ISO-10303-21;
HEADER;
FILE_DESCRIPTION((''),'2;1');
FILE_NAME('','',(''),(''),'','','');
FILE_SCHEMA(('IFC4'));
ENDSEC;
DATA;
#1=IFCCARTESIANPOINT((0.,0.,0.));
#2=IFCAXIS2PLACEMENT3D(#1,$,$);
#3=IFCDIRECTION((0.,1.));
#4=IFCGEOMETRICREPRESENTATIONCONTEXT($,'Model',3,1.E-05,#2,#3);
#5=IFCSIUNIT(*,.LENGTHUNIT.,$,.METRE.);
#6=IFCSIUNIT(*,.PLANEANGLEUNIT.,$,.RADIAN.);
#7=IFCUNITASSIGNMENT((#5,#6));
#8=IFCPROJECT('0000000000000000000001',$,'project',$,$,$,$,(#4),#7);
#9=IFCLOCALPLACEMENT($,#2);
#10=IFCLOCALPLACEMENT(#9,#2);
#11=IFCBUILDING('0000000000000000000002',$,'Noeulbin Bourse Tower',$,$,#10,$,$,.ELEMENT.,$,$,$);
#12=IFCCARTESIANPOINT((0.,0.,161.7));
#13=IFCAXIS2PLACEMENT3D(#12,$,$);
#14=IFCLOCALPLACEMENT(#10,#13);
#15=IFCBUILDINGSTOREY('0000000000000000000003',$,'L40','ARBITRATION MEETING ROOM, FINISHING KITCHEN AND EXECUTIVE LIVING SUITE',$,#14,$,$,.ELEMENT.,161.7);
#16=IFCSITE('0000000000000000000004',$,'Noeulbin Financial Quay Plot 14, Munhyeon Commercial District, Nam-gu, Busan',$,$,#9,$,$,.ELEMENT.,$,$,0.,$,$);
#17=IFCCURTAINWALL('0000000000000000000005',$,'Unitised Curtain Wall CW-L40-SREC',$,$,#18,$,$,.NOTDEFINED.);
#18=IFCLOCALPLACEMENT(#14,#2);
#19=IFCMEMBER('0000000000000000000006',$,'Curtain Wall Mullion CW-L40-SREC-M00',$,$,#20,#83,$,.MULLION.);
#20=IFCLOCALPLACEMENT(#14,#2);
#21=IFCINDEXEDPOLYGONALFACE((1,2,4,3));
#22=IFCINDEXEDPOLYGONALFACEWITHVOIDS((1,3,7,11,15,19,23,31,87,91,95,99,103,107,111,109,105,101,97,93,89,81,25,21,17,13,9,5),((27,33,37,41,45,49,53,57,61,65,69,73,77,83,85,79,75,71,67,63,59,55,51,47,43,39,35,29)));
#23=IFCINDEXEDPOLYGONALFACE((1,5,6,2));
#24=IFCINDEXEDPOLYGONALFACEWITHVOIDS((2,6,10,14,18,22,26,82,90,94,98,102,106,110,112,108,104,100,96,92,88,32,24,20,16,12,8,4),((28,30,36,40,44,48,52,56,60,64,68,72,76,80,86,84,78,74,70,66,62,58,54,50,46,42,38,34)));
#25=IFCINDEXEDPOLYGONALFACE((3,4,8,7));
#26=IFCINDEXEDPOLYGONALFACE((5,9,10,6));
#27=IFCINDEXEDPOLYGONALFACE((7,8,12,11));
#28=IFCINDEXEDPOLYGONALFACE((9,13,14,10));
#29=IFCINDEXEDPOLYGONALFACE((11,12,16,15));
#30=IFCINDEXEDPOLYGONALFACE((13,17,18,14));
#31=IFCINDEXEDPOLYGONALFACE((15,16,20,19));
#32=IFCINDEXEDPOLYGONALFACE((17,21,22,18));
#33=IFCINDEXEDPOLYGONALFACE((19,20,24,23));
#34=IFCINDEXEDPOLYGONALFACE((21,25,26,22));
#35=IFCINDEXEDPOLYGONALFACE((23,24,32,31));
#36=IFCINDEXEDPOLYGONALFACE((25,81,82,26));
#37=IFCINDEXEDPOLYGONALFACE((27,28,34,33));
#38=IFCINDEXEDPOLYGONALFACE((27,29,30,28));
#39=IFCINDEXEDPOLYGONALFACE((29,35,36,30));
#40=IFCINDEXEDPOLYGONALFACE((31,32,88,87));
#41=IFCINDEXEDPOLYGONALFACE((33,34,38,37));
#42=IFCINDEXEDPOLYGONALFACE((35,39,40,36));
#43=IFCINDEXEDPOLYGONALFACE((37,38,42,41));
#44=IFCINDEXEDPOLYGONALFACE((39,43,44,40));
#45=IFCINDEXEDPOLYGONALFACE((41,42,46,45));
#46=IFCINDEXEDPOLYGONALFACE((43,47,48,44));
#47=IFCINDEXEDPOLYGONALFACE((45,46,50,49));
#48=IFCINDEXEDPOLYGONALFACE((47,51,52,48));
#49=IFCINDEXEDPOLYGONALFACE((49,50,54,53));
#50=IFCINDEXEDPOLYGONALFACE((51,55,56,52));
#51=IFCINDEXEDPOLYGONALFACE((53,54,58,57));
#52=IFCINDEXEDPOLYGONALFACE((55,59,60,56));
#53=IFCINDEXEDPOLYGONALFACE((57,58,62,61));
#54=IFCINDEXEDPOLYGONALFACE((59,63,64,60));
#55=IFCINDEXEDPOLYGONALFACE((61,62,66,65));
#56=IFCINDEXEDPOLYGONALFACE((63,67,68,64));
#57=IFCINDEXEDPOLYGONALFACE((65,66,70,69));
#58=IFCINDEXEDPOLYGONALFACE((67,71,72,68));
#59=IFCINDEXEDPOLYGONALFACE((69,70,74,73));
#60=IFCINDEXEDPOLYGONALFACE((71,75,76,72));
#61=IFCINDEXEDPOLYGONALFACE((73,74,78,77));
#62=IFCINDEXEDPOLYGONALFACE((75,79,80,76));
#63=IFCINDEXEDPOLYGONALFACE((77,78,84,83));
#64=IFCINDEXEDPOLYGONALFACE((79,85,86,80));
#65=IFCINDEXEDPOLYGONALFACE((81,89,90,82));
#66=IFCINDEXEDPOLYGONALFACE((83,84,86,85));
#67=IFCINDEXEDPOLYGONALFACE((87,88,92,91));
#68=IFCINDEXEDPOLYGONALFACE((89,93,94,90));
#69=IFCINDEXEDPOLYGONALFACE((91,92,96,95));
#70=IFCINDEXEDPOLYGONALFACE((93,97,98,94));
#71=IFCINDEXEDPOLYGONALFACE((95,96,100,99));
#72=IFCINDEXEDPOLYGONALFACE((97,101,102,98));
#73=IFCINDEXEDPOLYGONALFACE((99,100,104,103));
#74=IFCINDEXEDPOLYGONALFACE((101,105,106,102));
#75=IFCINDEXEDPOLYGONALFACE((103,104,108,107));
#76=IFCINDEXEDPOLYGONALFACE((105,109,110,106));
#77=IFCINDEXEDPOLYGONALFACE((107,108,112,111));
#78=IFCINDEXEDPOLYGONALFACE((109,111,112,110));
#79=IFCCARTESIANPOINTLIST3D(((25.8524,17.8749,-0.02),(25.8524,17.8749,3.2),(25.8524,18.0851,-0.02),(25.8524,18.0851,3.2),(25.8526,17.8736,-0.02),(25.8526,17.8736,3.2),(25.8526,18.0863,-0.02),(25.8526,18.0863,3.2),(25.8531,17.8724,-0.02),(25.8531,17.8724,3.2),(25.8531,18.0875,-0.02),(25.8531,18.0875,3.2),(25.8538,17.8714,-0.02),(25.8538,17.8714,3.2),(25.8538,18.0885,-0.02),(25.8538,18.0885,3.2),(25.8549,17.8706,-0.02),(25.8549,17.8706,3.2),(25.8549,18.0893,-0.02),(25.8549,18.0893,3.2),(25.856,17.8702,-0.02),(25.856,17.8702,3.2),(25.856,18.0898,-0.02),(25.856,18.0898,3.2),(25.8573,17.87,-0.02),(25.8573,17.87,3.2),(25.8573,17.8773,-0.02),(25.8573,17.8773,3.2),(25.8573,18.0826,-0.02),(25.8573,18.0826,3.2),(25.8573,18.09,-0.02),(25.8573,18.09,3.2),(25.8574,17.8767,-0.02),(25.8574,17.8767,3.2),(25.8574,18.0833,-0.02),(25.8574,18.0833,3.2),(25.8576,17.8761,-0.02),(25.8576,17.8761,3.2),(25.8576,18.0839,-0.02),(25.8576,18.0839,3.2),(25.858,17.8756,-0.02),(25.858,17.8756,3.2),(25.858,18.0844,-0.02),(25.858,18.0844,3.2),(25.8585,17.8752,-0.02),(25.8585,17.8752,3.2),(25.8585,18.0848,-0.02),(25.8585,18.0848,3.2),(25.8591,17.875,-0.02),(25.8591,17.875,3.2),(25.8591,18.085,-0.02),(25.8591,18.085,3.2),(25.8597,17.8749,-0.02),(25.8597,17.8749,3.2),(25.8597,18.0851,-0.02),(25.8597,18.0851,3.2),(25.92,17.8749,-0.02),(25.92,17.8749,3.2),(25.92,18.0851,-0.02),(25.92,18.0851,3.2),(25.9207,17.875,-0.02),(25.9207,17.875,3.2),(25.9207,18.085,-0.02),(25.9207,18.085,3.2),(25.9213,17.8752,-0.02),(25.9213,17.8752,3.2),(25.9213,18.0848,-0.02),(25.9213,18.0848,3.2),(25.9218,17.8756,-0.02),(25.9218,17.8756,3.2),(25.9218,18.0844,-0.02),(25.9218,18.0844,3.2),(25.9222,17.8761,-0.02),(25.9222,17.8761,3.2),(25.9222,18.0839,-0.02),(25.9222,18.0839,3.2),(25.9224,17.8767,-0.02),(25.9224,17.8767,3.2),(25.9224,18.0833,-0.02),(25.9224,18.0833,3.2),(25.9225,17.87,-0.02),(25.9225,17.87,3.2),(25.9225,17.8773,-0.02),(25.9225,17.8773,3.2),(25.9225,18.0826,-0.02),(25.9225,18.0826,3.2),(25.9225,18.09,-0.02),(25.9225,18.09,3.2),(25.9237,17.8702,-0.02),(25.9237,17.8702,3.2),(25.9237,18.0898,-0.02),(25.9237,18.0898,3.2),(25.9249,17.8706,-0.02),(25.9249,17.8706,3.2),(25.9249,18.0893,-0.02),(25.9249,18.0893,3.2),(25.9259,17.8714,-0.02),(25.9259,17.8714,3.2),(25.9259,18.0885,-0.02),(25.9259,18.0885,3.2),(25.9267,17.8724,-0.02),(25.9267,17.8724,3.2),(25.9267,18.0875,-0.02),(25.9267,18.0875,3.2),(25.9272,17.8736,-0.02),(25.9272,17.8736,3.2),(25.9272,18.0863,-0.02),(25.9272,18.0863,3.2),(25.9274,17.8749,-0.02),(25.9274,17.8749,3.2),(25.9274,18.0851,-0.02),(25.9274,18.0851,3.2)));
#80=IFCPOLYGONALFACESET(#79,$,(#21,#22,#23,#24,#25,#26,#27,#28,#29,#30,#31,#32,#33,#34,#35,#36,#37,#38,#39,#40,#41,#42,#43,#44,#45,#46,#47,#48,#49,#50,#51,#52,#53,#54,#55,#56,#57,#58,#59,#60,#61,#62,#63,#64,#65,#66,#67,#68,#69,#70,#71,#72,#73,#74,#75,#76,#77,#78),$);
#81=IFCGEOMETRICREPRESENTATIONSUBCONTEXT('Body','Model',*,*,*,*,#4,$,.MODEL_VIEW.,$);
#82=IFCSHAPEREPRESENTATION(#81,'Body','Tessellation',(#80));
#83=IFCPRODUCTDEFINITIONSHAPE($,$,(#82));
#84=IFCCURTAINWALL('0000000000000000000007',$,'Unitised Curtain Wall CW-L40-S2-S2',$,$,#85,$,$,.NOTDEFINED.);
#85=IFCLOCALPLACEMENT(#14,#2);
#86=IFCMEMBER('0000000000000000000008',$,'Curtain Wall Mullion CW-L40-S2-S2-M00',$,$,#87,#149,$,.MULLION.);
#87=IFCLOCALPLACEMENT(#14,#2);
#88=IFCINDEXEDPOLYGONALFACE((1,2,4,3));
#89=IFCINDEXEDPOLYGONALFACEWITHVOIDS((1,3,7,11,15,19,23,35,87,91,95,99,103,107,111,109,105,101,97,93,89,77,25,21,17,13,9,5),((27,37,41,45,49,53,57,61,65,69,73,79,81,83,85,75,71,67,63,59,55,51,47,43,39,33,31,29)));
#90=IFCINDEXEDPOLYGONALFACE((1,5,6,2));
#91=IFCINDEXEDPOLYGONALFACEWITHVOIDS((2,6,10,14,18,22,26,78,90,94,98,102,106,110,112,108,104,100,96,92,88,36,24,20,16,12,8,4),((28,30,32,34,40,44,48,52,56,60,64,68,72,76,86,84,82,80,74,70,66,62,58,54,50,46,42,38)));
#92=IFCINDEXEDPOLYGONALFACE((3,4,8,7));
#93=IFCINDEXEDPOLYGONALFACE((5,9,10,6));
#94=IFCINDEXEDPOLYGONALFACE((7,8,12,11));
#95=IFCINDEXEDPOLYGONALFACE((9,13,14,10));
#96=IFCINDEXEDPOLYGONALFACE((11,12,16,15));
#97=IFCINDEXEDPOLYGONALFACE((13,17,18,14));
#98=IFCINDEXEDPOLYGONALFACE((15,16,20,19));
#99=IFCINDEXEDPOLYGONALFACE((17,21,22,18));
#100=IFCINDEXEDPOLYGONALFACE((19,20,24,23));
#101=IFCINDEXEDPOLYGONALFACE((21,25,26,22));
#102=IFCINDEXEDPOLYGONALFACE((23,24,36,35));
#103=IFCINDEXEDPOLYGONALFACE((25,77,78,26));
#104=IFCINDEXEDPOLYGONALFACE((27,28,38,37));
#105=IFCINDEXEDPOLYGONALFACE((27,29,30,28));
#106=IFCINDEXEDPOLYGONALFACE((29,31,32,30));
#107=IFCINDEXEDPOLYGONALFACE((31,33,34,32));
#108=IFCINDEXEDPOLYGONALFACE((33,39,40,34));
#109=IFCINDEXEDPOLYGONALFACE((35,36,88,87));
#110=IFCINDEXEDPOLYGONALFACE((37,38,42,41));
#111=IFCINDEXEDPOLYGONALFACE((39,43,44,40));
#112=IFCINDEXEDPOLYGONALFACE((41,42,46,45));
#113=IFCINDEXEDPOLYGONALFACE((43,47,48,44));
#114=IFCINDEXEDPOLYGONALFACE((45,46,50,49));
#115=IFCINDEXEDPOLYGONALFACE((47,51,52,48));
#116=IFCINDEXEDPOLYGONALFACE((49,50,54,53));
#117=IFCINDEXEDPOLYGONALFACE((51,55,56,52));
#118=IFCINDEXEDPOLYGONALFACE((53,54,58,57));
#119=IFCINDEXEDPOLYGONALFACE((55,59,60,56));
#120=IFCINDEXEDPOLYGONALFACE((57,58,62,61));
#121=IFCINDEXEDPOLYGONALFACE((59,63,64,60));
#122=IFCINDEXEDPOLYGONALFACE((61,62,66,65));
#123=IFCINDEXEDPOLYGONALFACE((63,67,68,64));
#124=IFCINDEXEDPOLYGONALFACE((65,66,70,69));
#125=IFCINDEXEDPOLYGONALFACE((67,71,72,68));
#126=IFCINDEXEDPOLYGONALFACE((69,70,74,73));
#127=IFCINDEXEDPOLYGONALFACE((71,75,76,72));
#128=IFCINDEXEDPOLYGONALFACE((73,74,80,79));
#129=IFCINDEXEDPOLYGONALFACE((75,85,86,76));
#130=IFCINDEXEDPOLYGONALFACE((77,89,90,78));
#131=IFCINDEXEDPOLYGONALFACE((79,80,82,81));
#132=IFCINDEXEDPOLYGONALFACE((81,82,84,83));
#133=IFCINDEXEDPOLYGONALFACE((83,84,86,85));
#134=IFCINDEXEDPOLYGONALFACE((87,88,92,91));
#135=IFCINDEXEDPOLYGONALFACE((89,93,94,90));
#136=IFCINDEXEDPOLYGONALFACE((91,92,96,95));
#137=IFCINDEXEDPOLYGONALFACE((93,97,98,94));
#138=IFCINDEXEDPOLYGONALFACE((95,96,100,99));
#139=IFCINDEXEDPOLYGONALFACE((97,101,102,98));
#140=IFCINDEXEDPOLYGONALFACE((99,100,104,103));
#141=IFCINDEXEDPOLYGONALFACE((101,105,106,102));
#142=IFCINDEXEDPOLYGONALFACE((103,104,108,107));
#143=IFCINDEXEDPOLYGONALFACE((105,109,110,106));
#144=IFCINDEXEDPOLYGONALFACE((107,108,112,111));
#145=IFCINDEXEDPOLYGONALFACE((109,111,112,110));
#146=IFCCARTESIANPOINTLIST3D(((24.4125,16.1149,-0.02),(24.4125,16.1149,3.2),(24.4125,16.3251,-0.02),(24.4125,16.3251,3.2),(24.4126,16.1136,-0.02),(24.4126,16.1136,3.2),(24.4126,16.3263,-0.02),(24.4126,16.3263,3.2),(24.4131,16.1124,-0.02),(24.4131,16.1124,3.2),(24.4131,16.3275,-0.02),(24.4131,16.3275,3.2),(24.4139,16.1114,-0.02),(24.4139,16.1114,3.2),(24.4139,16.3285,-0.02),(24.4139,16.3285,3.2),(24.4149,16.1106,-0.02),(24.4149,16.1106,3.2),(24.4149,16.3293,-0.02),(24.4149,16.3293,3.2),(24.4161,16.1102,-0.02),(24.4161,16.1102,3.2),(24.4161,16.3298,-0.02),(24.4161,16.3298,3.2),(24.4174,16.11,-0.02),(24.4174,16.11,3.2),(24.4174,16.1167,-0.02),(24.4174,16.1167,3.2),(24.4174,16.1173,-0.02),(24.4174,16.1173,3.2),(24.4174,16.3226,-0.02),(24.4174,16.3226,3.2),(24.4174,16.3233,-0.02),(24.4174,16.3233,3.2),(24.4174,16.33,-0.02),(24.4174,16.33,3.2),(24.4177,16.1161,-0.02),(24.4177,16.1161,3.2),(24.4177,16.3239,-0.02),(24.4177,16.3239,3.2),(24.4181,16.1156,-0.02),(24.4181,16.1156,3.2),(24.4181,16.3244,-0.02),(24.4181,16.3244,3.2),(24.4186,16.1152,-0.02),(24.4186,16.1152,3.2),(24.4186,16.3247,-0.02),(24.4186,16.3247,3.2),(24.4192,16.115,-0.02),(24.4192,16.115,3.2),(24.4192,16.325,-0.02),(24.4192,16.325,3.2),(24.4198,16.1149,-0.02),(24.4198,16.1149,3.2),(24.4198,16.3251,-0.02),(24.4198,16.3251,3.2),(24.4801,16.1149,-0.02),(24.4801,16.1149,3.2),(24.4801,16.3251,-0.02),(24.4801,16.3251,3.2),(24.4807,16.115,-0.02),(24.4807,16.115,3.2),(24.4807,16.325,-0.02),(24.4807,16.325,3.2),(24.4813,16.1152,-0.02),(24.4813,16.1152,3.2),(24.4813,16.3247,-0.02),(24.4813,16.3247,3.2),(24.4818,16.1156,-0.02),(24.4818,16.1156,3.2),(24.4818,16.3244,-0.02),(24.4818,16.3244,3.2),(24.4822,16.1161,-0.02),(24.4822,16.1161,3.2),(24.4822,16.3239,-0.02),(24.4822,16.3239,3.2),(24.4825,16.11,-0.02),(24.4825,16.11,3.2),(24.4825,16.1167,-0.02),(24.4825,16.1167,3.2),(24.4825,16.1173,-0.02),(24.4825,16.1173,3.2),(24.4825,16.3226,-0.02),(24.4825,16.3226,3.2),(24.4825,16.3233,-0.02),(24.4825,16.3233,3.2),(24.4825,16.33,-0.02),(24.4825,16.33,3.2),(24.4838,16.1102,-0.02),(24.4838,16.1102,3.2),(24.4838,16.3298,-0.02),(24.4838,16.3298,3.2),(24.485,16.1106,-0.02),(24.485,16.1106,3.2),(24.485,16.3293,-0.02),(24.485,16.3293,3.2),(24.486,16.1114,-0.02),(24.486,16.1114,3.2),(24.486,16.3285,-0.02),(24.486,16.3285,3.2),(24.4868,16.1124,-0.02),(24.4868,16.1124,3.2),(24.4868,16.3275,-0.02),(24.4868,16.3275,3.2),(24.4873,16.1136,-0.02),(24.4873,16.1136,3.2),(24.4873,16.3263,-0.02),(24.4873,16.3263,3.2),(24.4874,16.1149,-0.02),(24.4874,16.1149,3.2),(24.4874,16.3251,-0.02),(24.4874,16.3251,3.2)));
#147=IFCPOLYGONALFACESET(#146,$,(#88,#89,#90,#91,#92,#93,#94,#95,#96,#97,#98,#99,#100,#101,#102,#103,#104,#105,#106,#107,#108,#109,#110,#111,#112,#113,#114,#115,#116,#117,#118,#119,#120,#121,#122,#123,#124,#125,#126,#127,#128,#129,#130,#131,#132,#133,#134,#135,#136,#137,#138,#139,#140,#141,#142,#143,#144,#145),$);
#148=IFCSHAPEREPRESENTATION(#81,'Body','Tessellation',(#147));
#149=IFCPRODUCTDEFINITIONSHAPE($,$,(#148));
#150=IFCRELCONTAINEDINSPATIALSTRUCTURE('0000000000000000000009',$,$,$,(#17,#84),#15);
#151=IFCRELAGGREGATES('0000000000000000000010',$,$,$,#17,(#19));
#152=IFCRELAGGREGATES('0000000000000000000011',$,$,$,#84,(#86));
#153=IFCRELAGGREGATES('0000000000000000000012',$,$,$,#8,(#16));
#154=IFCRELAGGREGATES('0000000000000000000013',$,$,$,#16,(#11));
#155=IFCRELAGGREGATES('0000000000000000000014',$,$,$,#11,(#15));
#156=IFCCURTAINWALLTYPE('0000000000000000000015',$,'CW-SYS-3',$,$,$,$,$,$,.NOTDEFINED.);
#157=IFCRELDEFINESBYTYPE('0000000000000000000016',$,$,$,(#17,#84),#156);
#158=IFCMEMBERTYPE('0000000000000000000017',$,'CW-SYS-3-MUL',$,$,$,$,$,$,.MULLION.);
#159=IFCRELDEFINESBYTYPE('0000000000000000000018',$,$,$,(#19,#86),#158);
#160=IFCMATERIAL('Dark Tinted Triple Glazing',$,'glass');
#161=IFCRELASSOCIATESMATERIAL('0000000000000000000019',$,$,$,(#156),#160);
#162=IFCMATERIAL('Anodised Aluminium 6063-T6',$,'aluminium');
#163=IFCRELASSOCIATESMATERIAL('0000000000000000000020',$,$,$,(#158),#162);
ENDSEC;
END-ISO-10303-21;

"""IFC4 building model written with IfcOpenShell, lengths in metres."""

from ifc_helpers import new_model, si_unit, direction, frame, origin, origin_2d, place, context, subcontext, project, spatial, hollow_rectangle, extrude, material, material_profile, profile_set, type_object, element, aggregate, save


model = new_model("IFC4")

# Units and contexts
model_context = context("Model", 3, precision=1e-05, world=origin(), true_north=direction((0.0, 1.0)))
body_context = subcontext(model_context, "Body", "Model", "MODEL_VIEW")
ifc_project = project(units=[si_unit("LENGTHUNIT", "METRE"), si_unit("PLANEANGLEUNIT", "RADIAN")], contexts=[model_context])

# Site, building, storey
site_placement = place(None, origin())
site = spatial("IfcSite", under=ifc_project, at=site_placement, Name="Noeulbin Financial Quay Plot 14, Munhyeon Commercial District, Nam-gu, Busan", CompositionType="ELEMENT", RefElevation=0.0)
building_placement = place(site_placement, origin())
building = spatial("IfcBuilding", under=site, at=building_placement, Name="Noeulbin Bourse Tower", CompositionType="ELEMENT")
storey_placement = place(building_placement, frame((0.0, 0.0, 161.7)))
storey = spatial("IfcBuildingStorey", under=building, at=storey_placement, Name="L40", Description="ARBITRATION MEETING ROOM, FINISHING KITCHEN AND EXECUTIVE LIVING SUITE", CompositionType="ELEMENT", Elevation=161.7)

# Curtain wall, member
ifc_material_1 = material(Name="Dark Tinted Triple Glazing", Category="glass")
curtain_wall_type = type_object("IfcCurtainWallType", Name="CW-SYS-3", PredefinedType="NOTDEFINED", material=ifc_material_1)
curtain_wall_1_placement = place(storey_placement, origin())
curtain_wall_1 = element("IfcCurtainWall", 1, at=curtain_wall_1_placement, inside=storey, type_object=curtain_wall_type, Name="Unitised Curtain Wall CW-L40-SREC", PredefinedType="NOTDEFINED")
ifc_material_2 = material(Name="Anodised Aluminium 6063-T6", Category="aluminium")
ifc_material_profile_1 = material_profile(ifc_material_2, hollow_rectangle(XDim=0.075, YDim=0.22, WallThickness=0.0049, InnerFilletRadius=0.0024, OuterFilletRadius=0.0049, at=origin_2d()), Name="ALU-MULL-75x220x5", Category="LoadBearing")
ifc_profile_set_1 = profile_set([ifc_material_profile_1], Name="Anodised Aluminium 6063-T6")
member_type_1 = type_object("IfcMemberType", Name="CW-SYS-3-MUL", PredefinedType="MULLION", material=ifc_profile_set_1)
member_1_placement = place(storey_placement, frame((25.8899, 17.98, -0.02), z_axis=(0.0, 0.0, 1.0), x_axis=(1.0, 0.0, 0.0)))
member_1 = element("IfcMember", 2, at=member_1_placement, type_object=member_type_1, Name="Curtain Wall Mullion CW-L40-SREC-M00", PredefinedType="MULLION", context=body_context, shape_type="SweptSolid", body=[
    extrude(hollow_rectangle(XDim=0.075, YDim=0.22, WallThickness=0.0049, InnerFilletRadius=0.0024, OuterFilletRadius=0.0049, at=origin_2d()), origin(), (0.0, 0.0, 1.0), 3.22),
])

# Curtain wall, member
curtain_wall_2_placement = place(storey_placement, origin())
curtain_wall_2 = element("IfcCurtainWall", 3, at=curtain_wall_2_placement, inside=storey, type_object=curtain_wall_type, Name="Unitised Curtain Wall CW-L40-S2-S2", PredefinedType="NOTDEFINED")
member_2_placement = place(storey_placement, frame((24.45, 16.22, -0.02), z_axis=(0.0, 0.0, 1.0), x_axis=(1.0, 0.0, 0.0)))
member_2 = element("IfcMember", 4, at=member_2_placement, type_object=member_type_1, Name="Curtain Wall Mullion CW-L40-S2-S2-M00", PredefinedType="MULLION", context=body_context, shape_type="SweptSolid", body=[
    extrude(hollow_rectangle(XDim=0.075, YDim=0.22, WallThickness=0.0049, InnerFilletRadius=0.0024, OuterFilletRadius=0.0049, at=origin_2d()), origin(), (0.0, 0.0, 1.0), 3.22),
])

aggregate(curtain_wall_1, [member_1])
aggregate(curtain_wall_2, [member_2])

save(model, "model.ifc")
